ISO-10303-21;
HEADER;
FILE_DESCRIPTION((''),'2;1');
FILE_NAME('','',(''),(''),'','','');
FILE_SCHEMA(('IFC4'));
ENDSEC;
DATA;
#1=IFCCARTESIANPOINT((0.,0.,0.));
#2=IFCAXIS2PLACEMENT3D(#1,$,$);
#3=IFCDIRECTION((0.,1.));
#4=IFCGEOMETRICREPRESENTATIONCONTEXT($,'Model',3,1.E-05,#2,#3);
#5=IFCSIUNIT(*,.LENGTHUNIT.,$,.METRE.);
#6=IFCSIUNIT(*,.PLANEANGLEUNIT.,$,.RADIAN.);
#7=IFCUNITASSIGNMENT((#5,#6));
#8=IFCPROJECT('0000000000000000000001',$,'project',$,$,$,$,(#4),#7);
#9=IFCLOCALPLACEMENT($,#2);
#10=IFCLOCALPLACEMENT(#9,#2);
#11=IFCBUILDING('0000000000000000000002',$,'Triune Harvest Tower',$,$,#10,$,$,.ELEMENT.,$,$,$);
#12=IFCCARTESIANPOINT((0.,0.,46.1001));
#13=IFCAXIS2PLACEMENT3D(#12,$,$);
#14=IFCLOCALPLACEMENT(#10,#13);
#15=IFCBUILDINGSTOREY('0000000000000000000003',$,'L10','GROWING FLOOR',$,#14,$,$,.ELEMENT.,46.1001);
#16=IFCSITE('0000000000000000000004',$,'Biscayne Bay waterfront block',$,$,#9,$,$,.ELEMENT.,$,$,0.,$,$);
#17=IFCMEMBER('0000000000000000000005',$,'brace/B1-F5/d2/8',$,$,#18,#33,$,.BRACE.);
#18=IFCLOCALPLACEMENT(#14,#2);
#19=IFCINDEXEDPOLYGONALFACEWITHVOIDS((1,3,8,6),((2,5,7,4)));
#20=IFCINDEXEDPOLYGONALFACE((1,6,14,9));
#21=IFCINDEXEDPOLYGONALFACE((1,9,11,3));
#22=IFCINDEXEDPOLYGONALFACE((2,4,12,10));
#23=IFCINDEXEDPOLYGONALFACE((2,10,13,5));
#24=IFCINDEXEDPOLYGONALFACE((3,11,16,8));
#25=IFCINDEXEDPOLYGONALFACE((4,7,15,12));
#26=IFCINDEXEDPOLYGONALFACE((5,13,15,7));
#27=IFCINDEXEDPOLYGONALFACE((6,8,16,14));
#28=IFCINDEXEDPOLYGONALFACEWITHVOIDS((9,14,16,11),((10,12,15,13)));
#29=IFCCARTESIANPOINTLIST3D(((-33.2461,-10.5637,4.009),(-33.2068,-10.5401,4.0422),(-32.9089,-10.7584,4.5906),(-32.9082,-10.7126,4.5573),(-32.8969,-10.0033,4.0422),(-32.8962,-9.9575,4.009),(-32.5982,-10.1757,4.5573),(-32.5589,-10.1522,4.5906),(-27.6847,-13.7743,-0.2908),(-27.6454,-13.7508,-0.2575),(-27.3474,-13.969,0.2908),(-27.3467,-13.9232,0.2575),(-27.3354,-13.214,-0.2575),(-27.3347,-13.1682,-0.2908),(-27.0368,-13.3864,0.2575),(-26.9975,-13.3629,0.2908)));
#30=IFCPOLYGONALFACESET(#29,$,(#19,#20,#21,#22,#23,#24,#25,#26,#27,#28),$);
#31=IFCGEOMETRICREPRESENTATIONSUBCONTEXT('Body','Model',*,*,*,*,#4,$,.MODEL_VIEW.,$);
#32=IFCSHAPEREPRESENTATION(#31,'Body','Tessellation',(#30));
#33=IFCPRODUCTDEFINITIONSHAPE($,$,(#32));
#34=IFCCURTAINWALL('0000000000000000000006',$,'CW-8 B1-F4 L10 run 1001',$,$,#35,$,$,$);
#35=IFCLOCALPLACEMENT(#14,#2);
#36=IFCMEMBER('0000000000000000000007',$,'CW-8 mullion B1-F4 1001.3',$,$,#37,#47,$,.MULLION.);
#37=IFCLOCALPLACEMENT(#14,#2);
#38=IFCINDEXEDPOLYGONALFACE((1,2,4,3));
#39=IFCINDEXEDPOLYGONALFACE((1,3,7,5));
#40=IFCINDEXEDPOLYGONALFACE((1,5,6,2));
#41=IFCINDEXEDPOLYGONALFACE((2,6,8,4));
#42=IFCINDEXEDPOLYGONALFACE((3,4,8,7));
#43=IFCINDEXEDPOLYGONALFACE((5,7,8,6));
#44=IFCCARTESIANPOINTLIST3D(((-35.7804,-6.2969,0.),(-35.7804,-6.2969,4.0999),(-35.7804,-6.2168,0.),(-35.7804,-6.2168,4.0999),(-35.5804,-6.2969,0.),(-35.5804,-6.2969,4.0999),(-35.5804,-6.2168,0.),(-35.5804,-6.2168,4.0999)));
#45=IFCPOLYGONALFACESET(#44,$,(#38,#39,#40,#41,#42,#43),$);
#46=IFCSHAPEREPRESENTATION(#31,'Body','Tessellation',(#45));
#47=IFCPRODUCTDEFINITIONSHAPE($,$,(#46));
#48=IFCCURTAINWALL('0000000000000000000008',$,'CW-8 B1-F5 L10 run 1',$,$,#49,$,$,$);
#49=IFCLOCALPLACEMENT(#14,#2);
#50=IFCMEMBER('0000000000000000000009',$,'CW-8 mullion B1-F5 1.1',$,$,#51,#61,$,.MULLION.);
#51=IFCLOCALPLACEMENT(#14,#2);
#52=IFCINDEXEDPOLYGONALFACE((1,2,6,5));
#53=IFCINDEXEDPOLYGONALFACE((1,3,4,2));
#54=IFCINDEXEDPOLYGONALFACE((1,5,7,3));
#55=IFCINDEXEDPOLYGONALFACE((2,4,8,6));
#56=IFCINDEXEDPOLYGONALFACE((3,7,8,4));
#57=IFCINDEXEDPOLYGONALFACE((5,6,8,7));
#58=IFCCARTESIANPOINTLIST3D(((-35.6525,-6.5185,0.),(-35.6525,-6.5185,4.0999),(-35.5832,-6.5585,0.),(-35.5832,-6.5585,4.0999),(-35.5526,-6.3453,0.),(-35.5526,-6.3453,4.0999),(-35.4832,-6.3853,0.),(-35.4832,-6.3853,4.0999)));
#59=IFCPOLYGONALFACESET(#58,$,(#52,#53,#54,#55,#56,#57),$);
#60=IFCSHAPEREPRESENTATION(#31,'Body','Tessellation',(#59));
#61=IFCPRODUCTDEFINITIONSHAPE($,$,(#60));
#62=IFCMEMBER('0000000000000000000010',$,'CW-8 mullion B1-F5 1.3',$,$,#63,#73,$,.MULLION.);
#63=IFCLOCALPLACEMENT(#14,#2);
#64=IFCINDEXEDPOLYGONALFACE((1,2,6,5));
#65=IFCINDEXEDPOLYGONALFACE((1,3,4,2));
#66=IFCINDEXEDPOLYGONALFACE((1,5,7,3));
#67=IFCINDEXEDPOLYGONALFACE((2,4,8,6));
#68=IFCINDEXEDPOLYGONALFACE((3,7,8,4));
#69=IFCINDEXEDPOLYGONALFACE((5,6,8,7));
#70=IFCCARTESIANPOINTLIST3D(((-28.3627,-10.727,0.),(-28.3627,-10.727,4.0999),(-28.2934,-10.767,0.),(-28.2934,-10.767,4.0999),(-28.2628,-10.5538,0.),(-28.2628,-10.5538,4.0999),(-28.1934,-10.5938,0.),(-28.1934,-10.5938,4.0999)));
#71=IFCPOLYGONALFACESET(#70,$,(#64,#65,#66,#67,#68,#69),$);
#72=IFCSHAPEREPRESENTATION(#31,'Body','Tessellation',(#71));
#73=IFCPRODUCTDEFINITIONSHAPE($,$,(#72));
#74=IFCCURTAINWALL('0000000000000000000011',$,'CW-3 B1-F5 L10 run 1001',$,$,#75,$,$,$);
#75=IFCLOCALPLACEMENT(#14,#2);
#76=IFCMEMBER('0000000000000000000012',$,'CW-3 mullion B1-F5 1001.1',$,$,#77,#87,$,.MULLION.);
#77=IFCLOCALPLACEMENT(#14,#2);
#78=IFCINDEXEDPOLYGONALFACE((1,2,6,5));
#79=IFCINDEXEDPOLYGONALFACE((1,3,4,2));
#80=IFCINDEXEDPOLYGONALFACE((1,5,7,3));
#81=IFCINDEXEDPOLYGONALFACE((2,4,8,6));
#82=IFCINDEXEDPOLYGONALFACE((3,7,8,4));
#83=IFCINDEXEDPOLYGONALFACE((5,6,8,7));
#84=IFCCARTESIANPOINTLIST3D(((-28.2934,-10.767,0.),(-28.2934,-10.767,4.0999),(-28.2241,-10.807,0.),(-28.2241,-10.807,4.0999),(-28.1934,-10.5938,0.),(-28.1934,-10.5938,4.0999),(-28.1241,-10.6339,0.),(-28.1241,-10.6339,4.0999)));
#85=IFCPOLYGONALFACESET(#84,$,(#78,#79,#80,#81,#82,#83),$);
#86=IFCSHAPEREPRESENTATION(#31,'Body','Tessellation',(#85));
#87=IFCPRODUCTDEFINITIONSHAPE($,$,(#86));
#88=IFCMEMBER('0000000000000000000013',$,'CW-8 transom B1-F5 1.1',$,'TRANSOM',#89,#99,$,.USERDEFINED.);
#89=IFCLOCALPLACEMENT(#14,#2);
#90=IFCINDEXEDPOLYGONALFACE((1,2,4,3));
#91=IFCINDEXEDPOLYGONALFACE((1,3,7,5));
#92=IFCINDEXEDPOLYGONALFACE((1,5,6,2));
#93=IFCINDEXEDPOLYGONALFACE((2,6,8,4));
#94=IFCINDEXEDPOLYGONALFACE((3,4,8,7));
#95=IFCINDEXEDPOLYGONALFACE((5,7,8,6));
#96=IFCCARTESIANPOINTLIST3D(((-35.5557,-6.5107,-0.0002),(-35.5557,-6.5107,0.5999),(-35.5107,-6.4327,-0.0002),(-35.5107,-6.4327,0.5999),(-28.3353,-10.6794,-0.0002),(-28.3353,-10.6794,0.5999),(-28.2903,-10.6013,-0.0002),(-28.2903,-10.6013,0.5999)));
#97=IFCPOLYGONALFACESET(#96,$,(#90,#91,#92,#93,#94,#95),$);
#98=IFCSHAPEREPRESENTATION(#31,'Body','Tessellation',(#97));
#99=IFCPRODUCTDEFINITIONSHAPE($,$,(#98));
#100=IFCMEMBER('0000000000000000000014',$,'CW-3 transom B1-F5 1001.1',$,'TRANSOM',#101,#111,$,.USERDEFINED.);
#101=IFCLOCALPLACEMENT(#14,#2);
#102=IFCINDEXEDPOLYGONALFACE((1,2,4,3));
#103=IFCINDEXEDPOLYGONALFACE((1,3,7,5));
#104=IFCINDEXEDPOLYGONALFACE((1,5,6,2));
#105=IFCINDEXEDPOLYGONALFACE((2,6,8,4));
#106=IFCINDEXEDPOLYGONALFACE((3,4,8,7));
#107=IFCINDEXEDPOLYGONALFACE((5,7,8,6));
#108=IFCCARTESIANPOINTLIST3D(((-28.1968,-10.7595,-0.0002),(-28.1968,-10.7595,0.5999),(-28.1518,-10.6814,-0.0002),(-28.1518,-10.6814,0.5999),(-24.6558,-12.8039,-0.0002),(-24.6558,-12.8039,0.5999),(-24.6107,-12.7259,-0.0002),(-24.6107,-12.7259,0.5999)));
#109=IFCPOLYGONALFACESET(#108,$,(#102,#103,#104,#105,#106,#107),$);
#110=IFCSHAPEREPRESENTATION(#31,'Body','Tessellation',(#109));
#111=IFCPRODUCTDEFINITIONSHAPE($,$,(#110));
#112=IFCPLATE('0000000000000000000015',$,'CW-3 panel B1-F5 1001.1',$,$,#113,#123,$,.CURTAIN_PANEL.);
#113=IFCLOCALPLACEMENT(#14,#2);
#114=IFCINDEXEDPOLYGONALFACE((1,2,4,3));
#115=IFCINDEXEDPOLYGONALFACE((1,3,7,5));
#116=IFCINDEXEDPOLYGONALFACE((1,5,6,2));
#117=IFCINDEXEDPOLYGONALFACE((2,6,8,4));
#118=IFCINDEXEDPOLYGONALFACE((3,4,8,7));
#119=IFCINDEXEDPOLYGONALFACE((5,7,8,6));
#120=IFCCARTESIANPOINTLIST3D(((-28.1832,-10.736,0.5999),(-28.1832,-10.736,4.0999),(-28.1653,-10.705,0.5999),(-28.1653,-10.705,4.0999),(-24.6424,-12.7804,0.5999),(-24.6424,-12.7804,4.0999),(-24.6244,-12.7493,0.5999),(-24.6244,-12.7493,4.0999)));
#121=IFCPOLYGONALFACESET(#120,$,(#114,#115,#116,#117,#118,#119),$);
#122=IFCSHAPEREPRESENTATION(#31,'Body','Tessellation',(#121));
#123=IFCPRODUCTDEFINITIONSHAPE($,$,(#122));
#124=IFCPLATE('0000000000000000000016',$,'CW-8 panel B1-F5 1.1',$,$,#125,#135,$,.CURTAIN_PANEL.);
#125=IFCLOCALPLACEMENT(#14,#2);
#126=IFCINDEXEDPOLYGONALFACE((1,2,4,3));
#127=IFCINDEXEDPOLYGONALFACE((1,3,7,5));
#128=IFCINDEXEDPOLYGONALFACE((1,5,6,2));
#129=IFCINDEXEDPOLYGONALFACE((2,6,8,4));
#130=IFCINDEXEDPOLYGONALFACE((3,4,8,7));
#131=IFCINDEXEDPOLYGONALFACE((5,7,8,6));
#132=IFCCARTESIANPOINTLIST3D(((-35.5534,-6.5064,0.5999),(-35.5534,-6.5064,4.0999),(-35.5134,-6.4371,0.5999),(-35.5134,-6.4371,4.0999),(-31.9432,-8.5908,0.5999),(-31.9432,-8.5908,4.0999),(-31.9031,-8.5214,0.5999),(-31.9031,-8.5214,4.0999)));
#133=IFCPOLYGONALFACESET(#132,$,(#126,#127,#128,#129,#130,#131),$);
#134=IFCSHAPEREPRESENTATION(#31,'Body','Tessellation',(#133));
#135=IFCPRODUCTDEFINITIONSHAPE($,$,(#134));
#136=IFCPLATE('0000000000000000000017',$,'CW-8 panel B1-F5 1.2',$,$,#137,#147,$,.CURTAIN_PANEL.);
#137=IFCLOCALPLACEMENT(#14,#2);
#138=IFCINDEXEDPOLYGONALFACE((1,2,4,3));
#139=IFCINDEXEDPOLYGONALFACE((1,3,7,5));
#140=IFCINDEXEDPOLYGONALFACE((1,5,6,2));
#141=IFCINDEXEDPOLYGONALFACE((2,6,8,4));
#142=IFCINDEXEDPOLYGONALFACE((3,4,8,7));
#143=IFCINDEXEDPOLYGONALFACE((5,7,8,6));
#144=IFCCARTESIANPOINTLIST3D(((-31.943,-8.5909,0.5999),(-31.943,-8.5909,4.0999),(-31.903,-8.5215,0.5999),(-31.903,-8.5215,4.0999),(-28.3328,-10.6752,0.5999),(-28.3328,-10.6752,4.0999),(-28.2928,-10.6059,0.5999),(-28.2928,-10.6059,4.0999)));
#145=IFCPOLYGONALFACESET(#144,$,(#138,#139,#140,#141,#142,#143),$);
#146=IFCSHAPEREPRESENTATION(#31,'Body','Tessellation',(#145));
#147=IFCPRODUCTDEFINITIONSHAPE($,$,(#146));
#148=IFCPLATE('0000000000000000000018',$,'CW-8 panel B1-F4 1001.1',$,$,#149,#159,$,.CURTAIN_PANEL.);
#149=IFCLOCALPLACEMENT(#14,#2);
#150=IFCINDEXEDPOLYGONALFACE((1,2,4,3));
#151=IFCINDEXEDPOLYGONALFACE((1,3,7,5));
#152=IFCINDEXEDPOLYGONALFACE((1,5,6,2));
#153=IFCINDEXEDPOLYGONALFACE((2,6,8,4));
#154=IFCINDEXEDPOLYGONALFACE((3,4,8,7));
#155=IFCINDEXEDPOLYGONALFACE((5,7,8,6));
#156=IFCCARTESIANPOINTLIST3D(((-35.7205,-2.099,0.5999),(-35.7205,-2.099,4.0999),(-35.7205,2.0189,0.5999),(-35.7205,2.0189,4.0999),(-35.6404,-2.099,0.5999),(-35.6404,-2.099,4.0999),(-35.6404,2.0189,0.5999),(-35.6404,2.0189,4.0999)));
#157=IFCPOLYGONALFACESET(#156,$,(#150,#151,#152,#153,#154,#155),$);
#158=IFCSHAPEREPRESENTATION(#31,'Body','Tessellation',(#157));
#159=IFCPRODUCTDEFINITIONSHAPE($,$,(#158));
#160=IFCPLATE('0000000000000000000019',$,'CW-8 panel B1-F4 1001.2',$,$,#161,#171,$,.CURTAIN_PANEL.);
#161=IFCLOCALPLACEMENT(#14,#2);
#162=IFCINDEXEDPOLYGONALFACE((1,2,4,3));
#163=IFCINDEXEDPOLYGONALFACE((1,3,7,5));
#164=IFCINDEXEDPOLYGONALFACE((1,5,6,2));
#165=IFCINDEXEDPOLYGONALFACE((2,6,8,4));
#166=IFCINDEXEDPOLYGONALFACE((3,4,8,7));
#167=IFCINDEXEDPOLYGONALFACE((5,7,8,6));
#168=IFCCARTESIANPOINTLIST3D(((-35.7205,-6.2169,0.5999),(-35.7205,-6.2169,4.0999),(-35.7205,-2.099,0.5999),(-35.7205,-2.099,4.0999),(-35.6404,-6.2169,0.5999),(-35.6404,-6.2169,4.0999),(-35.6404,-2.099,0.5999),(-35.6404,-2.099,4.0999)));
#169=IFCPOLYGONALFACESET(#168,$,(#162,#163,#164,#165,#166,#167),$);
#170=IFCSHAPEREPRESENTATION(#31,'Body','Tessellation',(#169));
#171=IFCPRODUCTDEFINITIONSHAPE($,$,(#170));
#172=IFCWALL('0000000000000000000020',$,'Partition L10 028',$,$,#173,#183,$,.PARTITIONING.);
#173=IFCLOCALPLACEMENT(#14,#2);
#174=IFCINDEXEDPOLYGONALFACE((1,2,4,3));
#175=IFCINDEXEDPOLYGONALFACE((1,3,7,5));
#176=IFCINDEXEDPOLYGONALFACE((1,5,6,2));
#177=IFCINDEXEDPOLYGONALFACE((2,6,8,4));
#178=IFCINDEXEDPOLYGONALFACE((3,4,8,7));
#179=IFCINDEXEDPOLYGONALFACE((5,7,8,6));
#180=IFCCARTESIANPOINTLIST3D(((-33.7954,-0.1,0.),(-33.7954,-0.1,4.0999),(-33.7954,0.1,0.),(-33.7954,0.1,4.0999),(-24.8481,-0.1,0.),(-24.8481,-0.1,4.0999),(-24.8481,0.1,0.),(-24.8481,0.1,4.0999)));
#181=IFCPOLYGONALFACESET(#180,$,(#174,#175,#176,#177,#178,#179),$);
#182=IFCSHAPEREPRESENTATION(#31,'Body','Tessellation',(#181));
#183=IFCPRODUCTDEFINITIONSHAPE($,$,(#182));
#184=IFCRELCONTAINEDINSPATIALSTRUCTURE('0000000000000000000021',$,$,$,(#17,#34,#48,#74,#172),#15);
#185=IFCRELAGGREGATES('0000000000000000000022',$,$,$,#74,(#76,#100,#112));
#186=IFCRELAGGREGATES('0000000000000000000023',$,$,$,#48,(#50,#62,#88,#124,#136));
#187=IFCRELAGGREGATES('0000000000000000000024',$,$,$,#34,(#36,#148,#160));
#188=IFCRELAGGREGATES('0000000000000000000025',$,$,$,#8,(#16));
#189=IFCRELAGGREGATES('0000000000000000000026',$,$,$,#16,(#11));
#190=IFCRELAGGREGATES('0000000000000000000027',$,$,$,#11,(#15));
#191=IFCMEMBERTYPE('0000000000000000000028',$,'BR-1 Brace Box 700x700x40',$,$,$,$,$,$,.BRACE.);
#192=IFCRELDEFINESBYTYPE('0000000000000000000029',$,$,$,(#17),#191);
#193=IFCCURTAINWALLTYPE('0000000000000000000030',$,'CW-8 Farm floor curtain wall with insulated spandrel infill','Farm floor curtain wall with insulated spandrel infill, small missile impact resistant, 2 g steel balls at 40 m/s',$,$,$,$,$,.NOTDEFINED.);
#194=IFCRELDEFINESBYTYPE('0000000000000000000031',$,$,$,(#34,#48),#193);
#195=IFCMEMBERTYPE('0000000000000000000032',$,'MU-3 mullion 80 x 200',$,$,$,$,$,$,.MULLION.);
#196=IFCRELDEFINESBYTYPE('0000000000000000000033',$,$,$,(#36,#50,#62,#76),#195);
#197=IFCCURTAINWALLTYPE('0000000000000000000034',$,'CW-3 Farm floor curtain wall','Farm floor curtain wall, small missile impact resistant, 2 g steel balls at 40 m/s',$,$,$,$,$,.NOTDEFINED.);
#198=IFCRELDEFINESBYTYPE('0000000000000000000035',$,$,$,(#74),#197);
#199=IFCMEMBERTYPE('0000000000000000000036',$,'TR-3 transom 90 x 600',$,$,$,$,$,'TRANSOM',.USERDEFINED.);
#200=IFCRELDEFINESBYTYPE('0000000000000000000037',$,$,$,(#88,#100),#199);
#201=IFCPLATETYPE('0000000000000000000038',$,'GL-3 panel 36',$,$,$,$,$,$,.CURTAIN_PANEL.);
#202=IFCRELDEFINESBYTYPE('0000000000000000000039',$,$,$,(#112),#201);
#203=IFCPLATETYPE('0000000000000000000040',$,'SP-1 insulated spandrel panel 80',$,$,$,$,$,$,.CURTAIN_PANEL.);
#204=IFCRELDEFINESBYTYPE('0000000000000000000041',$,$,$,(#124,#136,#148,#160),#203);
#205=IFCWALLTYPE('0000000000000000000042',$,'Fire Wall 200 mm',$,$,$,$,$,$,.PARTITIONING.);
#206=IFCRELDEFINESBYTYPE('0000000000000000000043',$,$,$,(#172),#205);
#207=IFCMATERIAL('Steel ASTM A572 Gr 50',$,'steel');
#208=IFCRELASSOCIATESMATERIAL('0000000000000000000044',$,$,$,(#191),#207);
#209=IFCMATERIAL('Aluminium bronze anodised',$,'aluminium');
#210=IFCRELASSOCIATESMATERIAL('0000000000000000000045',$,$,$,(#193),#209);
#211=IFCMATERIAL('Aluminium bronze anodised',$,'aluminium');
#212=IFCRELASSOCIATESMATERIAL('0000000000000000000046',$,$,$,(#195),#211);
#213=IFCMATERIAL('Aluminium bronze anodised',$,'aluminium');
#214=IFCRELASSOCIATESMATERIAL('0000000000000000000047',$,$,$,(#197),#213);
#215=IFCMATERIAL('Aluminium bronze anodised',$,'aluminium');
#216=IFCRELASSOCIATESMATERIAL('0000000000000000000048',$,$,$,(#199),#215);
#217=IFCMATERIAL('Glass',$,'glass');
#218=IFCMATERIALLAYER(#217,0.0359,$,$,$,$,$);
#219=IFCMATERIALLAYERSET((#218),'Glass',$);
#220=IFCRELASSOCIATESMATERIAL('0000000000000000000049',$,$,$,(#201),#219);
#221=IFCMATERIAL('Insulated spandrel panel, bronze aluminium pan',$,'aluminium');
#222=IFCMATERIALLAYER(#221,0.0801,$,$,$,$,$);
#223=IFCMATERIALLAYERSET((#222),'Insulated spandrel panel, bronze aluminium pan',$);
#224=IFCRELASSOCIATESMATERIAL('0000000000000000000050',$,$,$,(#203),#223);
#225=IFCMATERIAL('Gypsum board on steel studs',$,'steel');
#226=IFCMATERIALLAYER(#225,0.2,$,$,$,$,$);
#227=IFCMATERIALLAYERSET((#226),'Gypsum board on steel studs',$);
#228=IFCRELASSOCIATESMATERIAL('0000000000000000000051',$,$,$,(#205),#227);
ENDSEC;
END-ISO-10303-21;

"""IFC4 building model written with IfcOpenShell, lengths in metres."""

from ifc_helpers import new_model, si_unit, direction, frame, frame_2d, origin, origin_2d, place, context, subcontext, project, spatial, rectangle, hollow_rectangle, extrude, source, transform, mapped, material, layer, layer_set, material_profile, profile_set, type_object, element, aggregate, save


model = new_model("IFC4")

# Units and contexts
model_context = context("Model", 3, precision=1e-05, world=origin(), true_north=direction((0.0, 1.0)))
body_context = subcontext(model_context, "Body", "Model", "MODEL_VIEW")
ifc_project = project(units=[si_unit("LENGTHUNIT", "METRE"), si_unit("PLANEANGLEUNIT", "RADIAN")], contexts=[model_context])

# Site, building, storey
site_placement = place(None, origin())
site = spatial("IfcSite", under=ifc_project, at=site_placement, Name="Biscayne Bay waterfront block", CompositionType="ELEMENT", RefElevation=0.0)
building_placement = place(site_placement, origin())
building = spatial("IfcBuilding", under=site, at=building_placement, Name="Triune Harvest Tower", CompositionType="ELEMENT")
storey_placement = place(building_placement, frame((0.0, 0.0, 46.1001)))
storey = spatial("IfcBuildingStorey", under=building, at=storey_placement, Name="L10", Description="GROWING FLOOR", CompositionType="ELEMENT", Elevation=46.1001)

# Member
ifc_material_1 = material(Name="Steel ASTM A572 Gr 50", Category="steel")
ifc_material_profile_1 = material_profile(ifc_material_1, hollow_rectangle(XDim=0.7, YDim=0.7, WallThickness=0.04, at=origin_2d()), Name="Box 700x700x40")
ifc_profile_set_1 = profile_set([ifc_material_profile_1], Name="Steel ASTM A572 Gr 50")
member_type_1 = type_object("IfcMemberType", Name="BR-1 Brace Box 700x700x40", PredefinedType="BRACE", material=ifc_profile_set_1)
shared_shape_1 = source(origin(), body_context, "Body", "SweptSolid", [
    extrude(hollow_rectangle(XDim=0.7, YDim=0.7, WallThickness=0.04, at=origin_2d()), origin(), (0.0, 0.0, 1.0), 7.7283),
])
member_1_placement = place(storey_placement, frame((-27.3411, -13.5686, 0.0), z_axis=(-0.719626, 0.415444, 0.556368), x_axis=(-0.49997, -0.866043, 0.0)))
element("IfcMember", 1, at=member_1_placement, inside=storey, type_object=member_type_1, Name="brace/B1-F5/d2/8", PredefinedType="BRACE", context=body_context, shape_type="MappedRepresentation", body=[
    mapped(shared_shape_1, transform((0.0, 0.0, 0.0), scale=1.0)),
])

# Curtain wall, member
ifc_material_2 = material(Name="Aluminium bronze anodised", Category="aluminium")
curtain_wall_type_1 = type_object("IfcCurtainWallType", Name="CW-8 Farm floor curtain wall with insulated spandrel infill", Description="Farm floor curtain wall with insulated spandrel infill, small missile impact resistant, 2 g steel balls at 40 m/s", PredefinedType="NOTDEFINED", material=ifc_material_2)
curtain_wall_1_placement = place(storey_placement, origin())
curtain_wall_1 = element("IfcCurtainWall", 2, at=curtain_wall_1_placement, inside=storey, type_object=curtain_wall_type_1, Name="CW-8 B1-F4 L10 run 1001")
ifc_material_3 = material(Name="Aluminium bronze anodised", Category="aluminium")
ifc_material_profile_2 = material_profile(ifc_material_3, rectangle(XDim=0.2, YDim=0.0801, at=origin_2d()), Name="MU-3 mullion 80 x 200")
ifc_profile_set_2 = profile_set([ifc_material_profile_2], Name="Aluminium bronze anodised")
member_type_2 = type_object("IfcMemberType", Name="MU-3 mullion 80 x 200", PredefinedType="MULLION", material=ifc_profile_set_2)
shared_shape_2 = source(origin(), body_context, "Body", "SweptSolid", [
    extrude(rectangle(XDim=0.2, YDim=0.0801, at=origin_2d()), origin(), (0.0, 0.0, 1.0), 4.0999),
])
member_2_placement = place(storey_placement, frame((-35.6804, -6.2568, 0.0), z_axis=(0.0, 0.0, 1.0), x_axis=(1.0, 0.0, 0.0)))
member_2 = element("IfcMember", 3, at=member_2_placement, type_object=member_type_2, Name="CW-8 mullion B1-F4 1001.3", PredefinedType="MULLION", context=body_context, shape_type="MappedRepresentation", body=[
    mapped(shared_shape_2, transform((0.0, 0.0, 0.0), scale=1.0)),
])

# Curtain wall, members
curtain_wall_2_placement = place(storey_placement, origin())
curtain_wall_2 = element("IfcCurtainWall", 4, at=curtain_wall_2_placement, inside=storey, type_object=curtain_wall_type_1, Name="CW-8 B1-F5 L10 run 1")
member_3_placement = place(storey_placement, frame((-35.5679, -6.4519, 0.0), z_axis=(0.0, 0.0, 1.0), x_axis=(0.499995, 0.866028, 0.0)))
member_3 = element("IfcMember", 5, at=member_3_placement, type_object=member_type_2, Name="CW-8 mullion B1-F5 1.1", PredefinedType="MULLION", context=body_context, shape_type="MappedRepresentation", body=[
    mapped(shared_shape_2, transform((0.0, 0.0, 0.0), scale=1.0)),
])
member_4_placement = place(storey_placement, frame((-28.2781, -10.6604, 0.0), z_axis=(0.0, 0.0, 1.0), x_axis=(0.499995, 0.866028, 0.0)))
member_4 = element("IfcMember", 6, at=member_4_placement, type_object=member_type_2, Name="CW-8 mullion B1-F5 1.3", PredefinedType="MULLION", context=body_context, shape_type="MappedRepresentation", body=[
    mapped(shared_shape_2, transform((0.0, 0.0, 0.0), scale=1.0)),
])

# Curtain wall, member
ifc_material_4 = material(Name="Aluminium bronze anodised", Category="aluminium")
curtain_wall_type_2 = type_object("IfcCurtainWallType", Name="CW-3 Farm floor curtain wall", Description="Farm floor curtain wall, small missile impact resistant, 2 g steel balls at 40 m/s", PredefinedType="NOTDEFINED", material=ifc_material_4)
curtain_wall_3_placement = place(storey_placement, origin())
curtain_wall_3 = element("IfcCurtainWall", 7, at=curtain_wall_3_placement, inside=storey, type_object=curtain_wall_type_2, Name="CW-3 B1-F5 L10 run 1001")
member_5_placement = place(storey_placement, frame((-28.2087, -10.7004, 0.0), z_axis=(0.0, 0.0, 1.0), x_axis=(0.500007, 0.866021, 0.0)))
member_5 = element("IfcMember", 8, at=member_5_placement, type_object=member_type_2, Name="CW-3 mullion B1-F5 1001.1", PredefinedType="MULLION", context=body_context, shape_type="MappedRepresentation", body=[
    mapped(shared_shape_2, transform((0.0, 0.0, 0.0), scale=1.0)),
])

# Members
ifc_material_5 = material(Name="Aluminium bronze anodised", Category="aluminium")
ifc_material_profile_3 = material_profile(ifc_material_5, rectangle(XDim=0.0901, YDim=0.6001, at=origin_2d()), Name="TR-3 transom 90 x 600")
ifc_profile_set_3 = profile_set([ifc_material_profile_3], Name="Aluminium bronze anodised")
member_type_3 = type_object("IfcMemberType", Name="TR-3 transom 90 x 600", ElementType="TRANSOM", PredefinedType="USERDEFINED", material=ifc_profile_set_3)
shared_shape_3 = source(origin(), body_context, "Body", "SweptSolid", [
    extrude(rectangle(XDim=0.0901, YDim=0.6001, at=origin_2d()), origin(), (0.0, 0.0, 1.0), 8.3374),
])
member_6_placement = place(storey_placement, frame((-35.5332, -6.4717, 0.2998), z_axis=(0.866027, -0.499997, 0.0), x_axis=(0.499997, 0.866027, 0.0)))
member_6 = element("IfcMember", 9, at=member_6_placement, type_object=member_type_3, Name="CW-8 transom B1-F5 1.1", ObjectType="TRANSOM", PredefinedType="USERDEFINED", context=body_context, shape_type="MappedRepresentation", body=[
    mapped(shared_shape_3, transform((0.0, 0.0, 0.0), scale=1.0)),
])
shared_shape_4 = source(origin(), body_context, "Body", "SweptSolid", [
    extrude(rectangle(XDim=0.0901, YDim=0.6001, at=origin_2d()), origin(), (0.0, 0.0, 1.0), 4.0889),
])
member_7_placement = place(storey_placement, frame((-28.1743, -10.7205, 0.2998), z_axis=(0.866023, -0.500005, 0.0), x_axis=(0.500005, 0.866023, 0.0)))
member_7 = element("IfcMember", 10, at=member_7_placement, type_object=member_type_3, Name="CW-3 transom B1-F5 1001.1", ObjectType="TRANSOM", PredefinedType="USERDEFINED", context=body_context, shape_type="MappedRepresentation", body=[
    mapped(shared_shape_4, transform((0.0, 0.0, 0.0), scale=1.0)),
])

# Plates
ifc_material_6 = material(Name="Glass", Category="glass")
ifc_layer_1 = layer(ifc_material_6, 0.0359)
ifc_layer_set_1 = layer_set([ifc_layer_1], Name="Glass")
plate_type_1 = type_object("IfcPlateType", Name="GL-3 panel 36", PredefinedType="CURTAIN_PANEL", material=ifc_layer_set_1)
plate_1_placement = place(storey_placement, frame((-26.4038, -11.7427, 0.5999), z_axis=(0.0, 0.0, 1.0), x_axis=(0.866021, -0.500007, 0.0)))
plate_1 = element("IfcPlate", 11, at=plate_1_placement, type_object=plate_type_1, Name="CW-3 panel B1-F5 1001.1", PredefinedType="CURTAIN_PANEL", context=body_context, shape_type="SweptSolid", body=[
    extrude(rectangle(XDim=4.0886, YDim=0.0359, at=origin_2d()), origin(), (0.0, 0.0, 1.0), 3.5),
])
aggregate(curtain_wall_3, [member_5, member_7, plate_1])
ifc_material_7 = material(Name="Insulated spandrel panel, bronze aluminium pan", Category="aluminium")
ifc_layer_2 = layer(ifc_material_7, 0.0801)
ifc_layer_set_2 = layer_set([ifc_layer_2], Name="Insulated spandrel panel, bronze aluminium pan")
plate_type_2 = type_object("IfcPlateType", Name="SP-1 insulated spandrel panel 80", PredefinedType="CURTAIN_PANEL", material=ifc_layer_set_2)
shared_shape_5 = source(origin(), body_context, "Body", "SweptSolid", [
    extrude(rectangle(XDim=4.1687, YDim=0.0801, at=origin_2d()), origin(), (0.0, 0.0, 1.0), 3.5),
])
plate_2_placement = place(storey_placement, frame((-33.7283, -7.5139, 0.5999), z_axis=(0.0, 0.0, 1.0), x_axis=(0.866028, -0.499995, 0.0)))
plate_2 = element("IfcPlate", 12, at=plate_2_placement, type_object=plate_type_2, Name="CW-8 panel B1-F5 1.1", PredefinedType="CURTAIN_PANEL", context=body_context, shape_type="MappedRepresentation", body=[
    mapped(shared_shape_5, transform((0.0, 0.0, 0.0), scale=1.0)),
])
plate_3_placement = place(storey_placement, frame((-30.1179, -9.5984, 0.5999), z_axis=(0.0, 0.0, 1.0), x_axis=(0.866028, -0.499995, 0.0)))
plate_3 = element("IfcPlate", 13, at=plate_3_placement, type_object=plate_type_2, Name="CW-8 panel B1-F5 1.2", PredefinedType="CURTAIN_PANEL", context=body_context, shape_type="MappedRepresentation", body=[
    mapped(shared_shape_5, transform((0.0, 0.0, 0.0), scale=1.0)),
])
aggregate(curtain_wall_2, [member_3, member_4, member_6, plate_2, plate_3])
shared_shape_6 = source(origin(), body_context, "Body", "SweptSolid", [
    extrude(rectangle(XDim=4.1179, YDim=0.0801, at=origin_2d()), origin(), (0.0, 0.0, 1.0), 3.5),
])
plate_4_placement = place(storey_placement, frame((-35.6804, -0.04, 0.5999), z_axis=(0.0, 0.0, 1.0), x_axis=(0.0, -1.0, 0.0)))
plate_4 = element("IfcPlate", 14, at=plate_4_placement, type_object=plate_type_2, Name="CW-8 panel B1-F4 1001.1", PredefinedType="CURTAIN_PANEL", context=body_context, shape_type="MappedRepresentation", body=[
    mapped(shared_shape_6, transform((0.0, 0.0, 0.0), scale=1.0)),
])
plate_5_placement = place(storey_placement, frame((-35.6804, -4.158, 0.5999), z_axis=(0.0, 0.0, 1.0), x_axis=(0.0, -1.0, 0.0)))
plate_5 = element("IfcPlate", 15, at=plate_5_placement, type_object=plate_type_2, Name="CW-8 panel B1-F4 1001.2", PredefinedType="CURTAIN_PANEL", context=body_context, shape_type="MappedRepresentation", body=[
    mapped(shared_shape_6, transform((0.0, 0.0, 0.0), scale=1.0)),
])
aggregate(curtain_wall_1, [member_2, plate_4, plate_5])

# Wall
ifc_material_8 = material(Name="Gypsum board on steel studs", Category="steel")
ifc_layer_3 = layer(ifc_material_8, 0.2)
ifc_layer_set_3 = layer_set([ifc_layer_3], Name="Gypsum board on steel studs")
wall_type_1 = type_object("IfcWallType", Name="Fire Wall 200 mm", PredefinedType="PARTITIONING", material=ifc_layer_set_3)
wall_1_placement = place(storey_placement, frame((-33.7954, 0.0, 0.0), z_axis=(0.0, 0.0, 1.0), x_axis=(1.0, 0.0, 0.0)))
element("IfcWall", 16, at=wall_1_placement, inside=storey, type_object=wall_type_1, Name="Partition L10 028", PredefinedType="PARTITIONING", context=body_context, shape_type="SweptSolid", body=[
    extrude(rectangle(XDim=8.9473, YDim=0.2, at=frame_2d((4.4736, 0.0))), origin(), (0.0, 0.0, 1.0), 4.0999),
])

save(model, "model.ifc")
